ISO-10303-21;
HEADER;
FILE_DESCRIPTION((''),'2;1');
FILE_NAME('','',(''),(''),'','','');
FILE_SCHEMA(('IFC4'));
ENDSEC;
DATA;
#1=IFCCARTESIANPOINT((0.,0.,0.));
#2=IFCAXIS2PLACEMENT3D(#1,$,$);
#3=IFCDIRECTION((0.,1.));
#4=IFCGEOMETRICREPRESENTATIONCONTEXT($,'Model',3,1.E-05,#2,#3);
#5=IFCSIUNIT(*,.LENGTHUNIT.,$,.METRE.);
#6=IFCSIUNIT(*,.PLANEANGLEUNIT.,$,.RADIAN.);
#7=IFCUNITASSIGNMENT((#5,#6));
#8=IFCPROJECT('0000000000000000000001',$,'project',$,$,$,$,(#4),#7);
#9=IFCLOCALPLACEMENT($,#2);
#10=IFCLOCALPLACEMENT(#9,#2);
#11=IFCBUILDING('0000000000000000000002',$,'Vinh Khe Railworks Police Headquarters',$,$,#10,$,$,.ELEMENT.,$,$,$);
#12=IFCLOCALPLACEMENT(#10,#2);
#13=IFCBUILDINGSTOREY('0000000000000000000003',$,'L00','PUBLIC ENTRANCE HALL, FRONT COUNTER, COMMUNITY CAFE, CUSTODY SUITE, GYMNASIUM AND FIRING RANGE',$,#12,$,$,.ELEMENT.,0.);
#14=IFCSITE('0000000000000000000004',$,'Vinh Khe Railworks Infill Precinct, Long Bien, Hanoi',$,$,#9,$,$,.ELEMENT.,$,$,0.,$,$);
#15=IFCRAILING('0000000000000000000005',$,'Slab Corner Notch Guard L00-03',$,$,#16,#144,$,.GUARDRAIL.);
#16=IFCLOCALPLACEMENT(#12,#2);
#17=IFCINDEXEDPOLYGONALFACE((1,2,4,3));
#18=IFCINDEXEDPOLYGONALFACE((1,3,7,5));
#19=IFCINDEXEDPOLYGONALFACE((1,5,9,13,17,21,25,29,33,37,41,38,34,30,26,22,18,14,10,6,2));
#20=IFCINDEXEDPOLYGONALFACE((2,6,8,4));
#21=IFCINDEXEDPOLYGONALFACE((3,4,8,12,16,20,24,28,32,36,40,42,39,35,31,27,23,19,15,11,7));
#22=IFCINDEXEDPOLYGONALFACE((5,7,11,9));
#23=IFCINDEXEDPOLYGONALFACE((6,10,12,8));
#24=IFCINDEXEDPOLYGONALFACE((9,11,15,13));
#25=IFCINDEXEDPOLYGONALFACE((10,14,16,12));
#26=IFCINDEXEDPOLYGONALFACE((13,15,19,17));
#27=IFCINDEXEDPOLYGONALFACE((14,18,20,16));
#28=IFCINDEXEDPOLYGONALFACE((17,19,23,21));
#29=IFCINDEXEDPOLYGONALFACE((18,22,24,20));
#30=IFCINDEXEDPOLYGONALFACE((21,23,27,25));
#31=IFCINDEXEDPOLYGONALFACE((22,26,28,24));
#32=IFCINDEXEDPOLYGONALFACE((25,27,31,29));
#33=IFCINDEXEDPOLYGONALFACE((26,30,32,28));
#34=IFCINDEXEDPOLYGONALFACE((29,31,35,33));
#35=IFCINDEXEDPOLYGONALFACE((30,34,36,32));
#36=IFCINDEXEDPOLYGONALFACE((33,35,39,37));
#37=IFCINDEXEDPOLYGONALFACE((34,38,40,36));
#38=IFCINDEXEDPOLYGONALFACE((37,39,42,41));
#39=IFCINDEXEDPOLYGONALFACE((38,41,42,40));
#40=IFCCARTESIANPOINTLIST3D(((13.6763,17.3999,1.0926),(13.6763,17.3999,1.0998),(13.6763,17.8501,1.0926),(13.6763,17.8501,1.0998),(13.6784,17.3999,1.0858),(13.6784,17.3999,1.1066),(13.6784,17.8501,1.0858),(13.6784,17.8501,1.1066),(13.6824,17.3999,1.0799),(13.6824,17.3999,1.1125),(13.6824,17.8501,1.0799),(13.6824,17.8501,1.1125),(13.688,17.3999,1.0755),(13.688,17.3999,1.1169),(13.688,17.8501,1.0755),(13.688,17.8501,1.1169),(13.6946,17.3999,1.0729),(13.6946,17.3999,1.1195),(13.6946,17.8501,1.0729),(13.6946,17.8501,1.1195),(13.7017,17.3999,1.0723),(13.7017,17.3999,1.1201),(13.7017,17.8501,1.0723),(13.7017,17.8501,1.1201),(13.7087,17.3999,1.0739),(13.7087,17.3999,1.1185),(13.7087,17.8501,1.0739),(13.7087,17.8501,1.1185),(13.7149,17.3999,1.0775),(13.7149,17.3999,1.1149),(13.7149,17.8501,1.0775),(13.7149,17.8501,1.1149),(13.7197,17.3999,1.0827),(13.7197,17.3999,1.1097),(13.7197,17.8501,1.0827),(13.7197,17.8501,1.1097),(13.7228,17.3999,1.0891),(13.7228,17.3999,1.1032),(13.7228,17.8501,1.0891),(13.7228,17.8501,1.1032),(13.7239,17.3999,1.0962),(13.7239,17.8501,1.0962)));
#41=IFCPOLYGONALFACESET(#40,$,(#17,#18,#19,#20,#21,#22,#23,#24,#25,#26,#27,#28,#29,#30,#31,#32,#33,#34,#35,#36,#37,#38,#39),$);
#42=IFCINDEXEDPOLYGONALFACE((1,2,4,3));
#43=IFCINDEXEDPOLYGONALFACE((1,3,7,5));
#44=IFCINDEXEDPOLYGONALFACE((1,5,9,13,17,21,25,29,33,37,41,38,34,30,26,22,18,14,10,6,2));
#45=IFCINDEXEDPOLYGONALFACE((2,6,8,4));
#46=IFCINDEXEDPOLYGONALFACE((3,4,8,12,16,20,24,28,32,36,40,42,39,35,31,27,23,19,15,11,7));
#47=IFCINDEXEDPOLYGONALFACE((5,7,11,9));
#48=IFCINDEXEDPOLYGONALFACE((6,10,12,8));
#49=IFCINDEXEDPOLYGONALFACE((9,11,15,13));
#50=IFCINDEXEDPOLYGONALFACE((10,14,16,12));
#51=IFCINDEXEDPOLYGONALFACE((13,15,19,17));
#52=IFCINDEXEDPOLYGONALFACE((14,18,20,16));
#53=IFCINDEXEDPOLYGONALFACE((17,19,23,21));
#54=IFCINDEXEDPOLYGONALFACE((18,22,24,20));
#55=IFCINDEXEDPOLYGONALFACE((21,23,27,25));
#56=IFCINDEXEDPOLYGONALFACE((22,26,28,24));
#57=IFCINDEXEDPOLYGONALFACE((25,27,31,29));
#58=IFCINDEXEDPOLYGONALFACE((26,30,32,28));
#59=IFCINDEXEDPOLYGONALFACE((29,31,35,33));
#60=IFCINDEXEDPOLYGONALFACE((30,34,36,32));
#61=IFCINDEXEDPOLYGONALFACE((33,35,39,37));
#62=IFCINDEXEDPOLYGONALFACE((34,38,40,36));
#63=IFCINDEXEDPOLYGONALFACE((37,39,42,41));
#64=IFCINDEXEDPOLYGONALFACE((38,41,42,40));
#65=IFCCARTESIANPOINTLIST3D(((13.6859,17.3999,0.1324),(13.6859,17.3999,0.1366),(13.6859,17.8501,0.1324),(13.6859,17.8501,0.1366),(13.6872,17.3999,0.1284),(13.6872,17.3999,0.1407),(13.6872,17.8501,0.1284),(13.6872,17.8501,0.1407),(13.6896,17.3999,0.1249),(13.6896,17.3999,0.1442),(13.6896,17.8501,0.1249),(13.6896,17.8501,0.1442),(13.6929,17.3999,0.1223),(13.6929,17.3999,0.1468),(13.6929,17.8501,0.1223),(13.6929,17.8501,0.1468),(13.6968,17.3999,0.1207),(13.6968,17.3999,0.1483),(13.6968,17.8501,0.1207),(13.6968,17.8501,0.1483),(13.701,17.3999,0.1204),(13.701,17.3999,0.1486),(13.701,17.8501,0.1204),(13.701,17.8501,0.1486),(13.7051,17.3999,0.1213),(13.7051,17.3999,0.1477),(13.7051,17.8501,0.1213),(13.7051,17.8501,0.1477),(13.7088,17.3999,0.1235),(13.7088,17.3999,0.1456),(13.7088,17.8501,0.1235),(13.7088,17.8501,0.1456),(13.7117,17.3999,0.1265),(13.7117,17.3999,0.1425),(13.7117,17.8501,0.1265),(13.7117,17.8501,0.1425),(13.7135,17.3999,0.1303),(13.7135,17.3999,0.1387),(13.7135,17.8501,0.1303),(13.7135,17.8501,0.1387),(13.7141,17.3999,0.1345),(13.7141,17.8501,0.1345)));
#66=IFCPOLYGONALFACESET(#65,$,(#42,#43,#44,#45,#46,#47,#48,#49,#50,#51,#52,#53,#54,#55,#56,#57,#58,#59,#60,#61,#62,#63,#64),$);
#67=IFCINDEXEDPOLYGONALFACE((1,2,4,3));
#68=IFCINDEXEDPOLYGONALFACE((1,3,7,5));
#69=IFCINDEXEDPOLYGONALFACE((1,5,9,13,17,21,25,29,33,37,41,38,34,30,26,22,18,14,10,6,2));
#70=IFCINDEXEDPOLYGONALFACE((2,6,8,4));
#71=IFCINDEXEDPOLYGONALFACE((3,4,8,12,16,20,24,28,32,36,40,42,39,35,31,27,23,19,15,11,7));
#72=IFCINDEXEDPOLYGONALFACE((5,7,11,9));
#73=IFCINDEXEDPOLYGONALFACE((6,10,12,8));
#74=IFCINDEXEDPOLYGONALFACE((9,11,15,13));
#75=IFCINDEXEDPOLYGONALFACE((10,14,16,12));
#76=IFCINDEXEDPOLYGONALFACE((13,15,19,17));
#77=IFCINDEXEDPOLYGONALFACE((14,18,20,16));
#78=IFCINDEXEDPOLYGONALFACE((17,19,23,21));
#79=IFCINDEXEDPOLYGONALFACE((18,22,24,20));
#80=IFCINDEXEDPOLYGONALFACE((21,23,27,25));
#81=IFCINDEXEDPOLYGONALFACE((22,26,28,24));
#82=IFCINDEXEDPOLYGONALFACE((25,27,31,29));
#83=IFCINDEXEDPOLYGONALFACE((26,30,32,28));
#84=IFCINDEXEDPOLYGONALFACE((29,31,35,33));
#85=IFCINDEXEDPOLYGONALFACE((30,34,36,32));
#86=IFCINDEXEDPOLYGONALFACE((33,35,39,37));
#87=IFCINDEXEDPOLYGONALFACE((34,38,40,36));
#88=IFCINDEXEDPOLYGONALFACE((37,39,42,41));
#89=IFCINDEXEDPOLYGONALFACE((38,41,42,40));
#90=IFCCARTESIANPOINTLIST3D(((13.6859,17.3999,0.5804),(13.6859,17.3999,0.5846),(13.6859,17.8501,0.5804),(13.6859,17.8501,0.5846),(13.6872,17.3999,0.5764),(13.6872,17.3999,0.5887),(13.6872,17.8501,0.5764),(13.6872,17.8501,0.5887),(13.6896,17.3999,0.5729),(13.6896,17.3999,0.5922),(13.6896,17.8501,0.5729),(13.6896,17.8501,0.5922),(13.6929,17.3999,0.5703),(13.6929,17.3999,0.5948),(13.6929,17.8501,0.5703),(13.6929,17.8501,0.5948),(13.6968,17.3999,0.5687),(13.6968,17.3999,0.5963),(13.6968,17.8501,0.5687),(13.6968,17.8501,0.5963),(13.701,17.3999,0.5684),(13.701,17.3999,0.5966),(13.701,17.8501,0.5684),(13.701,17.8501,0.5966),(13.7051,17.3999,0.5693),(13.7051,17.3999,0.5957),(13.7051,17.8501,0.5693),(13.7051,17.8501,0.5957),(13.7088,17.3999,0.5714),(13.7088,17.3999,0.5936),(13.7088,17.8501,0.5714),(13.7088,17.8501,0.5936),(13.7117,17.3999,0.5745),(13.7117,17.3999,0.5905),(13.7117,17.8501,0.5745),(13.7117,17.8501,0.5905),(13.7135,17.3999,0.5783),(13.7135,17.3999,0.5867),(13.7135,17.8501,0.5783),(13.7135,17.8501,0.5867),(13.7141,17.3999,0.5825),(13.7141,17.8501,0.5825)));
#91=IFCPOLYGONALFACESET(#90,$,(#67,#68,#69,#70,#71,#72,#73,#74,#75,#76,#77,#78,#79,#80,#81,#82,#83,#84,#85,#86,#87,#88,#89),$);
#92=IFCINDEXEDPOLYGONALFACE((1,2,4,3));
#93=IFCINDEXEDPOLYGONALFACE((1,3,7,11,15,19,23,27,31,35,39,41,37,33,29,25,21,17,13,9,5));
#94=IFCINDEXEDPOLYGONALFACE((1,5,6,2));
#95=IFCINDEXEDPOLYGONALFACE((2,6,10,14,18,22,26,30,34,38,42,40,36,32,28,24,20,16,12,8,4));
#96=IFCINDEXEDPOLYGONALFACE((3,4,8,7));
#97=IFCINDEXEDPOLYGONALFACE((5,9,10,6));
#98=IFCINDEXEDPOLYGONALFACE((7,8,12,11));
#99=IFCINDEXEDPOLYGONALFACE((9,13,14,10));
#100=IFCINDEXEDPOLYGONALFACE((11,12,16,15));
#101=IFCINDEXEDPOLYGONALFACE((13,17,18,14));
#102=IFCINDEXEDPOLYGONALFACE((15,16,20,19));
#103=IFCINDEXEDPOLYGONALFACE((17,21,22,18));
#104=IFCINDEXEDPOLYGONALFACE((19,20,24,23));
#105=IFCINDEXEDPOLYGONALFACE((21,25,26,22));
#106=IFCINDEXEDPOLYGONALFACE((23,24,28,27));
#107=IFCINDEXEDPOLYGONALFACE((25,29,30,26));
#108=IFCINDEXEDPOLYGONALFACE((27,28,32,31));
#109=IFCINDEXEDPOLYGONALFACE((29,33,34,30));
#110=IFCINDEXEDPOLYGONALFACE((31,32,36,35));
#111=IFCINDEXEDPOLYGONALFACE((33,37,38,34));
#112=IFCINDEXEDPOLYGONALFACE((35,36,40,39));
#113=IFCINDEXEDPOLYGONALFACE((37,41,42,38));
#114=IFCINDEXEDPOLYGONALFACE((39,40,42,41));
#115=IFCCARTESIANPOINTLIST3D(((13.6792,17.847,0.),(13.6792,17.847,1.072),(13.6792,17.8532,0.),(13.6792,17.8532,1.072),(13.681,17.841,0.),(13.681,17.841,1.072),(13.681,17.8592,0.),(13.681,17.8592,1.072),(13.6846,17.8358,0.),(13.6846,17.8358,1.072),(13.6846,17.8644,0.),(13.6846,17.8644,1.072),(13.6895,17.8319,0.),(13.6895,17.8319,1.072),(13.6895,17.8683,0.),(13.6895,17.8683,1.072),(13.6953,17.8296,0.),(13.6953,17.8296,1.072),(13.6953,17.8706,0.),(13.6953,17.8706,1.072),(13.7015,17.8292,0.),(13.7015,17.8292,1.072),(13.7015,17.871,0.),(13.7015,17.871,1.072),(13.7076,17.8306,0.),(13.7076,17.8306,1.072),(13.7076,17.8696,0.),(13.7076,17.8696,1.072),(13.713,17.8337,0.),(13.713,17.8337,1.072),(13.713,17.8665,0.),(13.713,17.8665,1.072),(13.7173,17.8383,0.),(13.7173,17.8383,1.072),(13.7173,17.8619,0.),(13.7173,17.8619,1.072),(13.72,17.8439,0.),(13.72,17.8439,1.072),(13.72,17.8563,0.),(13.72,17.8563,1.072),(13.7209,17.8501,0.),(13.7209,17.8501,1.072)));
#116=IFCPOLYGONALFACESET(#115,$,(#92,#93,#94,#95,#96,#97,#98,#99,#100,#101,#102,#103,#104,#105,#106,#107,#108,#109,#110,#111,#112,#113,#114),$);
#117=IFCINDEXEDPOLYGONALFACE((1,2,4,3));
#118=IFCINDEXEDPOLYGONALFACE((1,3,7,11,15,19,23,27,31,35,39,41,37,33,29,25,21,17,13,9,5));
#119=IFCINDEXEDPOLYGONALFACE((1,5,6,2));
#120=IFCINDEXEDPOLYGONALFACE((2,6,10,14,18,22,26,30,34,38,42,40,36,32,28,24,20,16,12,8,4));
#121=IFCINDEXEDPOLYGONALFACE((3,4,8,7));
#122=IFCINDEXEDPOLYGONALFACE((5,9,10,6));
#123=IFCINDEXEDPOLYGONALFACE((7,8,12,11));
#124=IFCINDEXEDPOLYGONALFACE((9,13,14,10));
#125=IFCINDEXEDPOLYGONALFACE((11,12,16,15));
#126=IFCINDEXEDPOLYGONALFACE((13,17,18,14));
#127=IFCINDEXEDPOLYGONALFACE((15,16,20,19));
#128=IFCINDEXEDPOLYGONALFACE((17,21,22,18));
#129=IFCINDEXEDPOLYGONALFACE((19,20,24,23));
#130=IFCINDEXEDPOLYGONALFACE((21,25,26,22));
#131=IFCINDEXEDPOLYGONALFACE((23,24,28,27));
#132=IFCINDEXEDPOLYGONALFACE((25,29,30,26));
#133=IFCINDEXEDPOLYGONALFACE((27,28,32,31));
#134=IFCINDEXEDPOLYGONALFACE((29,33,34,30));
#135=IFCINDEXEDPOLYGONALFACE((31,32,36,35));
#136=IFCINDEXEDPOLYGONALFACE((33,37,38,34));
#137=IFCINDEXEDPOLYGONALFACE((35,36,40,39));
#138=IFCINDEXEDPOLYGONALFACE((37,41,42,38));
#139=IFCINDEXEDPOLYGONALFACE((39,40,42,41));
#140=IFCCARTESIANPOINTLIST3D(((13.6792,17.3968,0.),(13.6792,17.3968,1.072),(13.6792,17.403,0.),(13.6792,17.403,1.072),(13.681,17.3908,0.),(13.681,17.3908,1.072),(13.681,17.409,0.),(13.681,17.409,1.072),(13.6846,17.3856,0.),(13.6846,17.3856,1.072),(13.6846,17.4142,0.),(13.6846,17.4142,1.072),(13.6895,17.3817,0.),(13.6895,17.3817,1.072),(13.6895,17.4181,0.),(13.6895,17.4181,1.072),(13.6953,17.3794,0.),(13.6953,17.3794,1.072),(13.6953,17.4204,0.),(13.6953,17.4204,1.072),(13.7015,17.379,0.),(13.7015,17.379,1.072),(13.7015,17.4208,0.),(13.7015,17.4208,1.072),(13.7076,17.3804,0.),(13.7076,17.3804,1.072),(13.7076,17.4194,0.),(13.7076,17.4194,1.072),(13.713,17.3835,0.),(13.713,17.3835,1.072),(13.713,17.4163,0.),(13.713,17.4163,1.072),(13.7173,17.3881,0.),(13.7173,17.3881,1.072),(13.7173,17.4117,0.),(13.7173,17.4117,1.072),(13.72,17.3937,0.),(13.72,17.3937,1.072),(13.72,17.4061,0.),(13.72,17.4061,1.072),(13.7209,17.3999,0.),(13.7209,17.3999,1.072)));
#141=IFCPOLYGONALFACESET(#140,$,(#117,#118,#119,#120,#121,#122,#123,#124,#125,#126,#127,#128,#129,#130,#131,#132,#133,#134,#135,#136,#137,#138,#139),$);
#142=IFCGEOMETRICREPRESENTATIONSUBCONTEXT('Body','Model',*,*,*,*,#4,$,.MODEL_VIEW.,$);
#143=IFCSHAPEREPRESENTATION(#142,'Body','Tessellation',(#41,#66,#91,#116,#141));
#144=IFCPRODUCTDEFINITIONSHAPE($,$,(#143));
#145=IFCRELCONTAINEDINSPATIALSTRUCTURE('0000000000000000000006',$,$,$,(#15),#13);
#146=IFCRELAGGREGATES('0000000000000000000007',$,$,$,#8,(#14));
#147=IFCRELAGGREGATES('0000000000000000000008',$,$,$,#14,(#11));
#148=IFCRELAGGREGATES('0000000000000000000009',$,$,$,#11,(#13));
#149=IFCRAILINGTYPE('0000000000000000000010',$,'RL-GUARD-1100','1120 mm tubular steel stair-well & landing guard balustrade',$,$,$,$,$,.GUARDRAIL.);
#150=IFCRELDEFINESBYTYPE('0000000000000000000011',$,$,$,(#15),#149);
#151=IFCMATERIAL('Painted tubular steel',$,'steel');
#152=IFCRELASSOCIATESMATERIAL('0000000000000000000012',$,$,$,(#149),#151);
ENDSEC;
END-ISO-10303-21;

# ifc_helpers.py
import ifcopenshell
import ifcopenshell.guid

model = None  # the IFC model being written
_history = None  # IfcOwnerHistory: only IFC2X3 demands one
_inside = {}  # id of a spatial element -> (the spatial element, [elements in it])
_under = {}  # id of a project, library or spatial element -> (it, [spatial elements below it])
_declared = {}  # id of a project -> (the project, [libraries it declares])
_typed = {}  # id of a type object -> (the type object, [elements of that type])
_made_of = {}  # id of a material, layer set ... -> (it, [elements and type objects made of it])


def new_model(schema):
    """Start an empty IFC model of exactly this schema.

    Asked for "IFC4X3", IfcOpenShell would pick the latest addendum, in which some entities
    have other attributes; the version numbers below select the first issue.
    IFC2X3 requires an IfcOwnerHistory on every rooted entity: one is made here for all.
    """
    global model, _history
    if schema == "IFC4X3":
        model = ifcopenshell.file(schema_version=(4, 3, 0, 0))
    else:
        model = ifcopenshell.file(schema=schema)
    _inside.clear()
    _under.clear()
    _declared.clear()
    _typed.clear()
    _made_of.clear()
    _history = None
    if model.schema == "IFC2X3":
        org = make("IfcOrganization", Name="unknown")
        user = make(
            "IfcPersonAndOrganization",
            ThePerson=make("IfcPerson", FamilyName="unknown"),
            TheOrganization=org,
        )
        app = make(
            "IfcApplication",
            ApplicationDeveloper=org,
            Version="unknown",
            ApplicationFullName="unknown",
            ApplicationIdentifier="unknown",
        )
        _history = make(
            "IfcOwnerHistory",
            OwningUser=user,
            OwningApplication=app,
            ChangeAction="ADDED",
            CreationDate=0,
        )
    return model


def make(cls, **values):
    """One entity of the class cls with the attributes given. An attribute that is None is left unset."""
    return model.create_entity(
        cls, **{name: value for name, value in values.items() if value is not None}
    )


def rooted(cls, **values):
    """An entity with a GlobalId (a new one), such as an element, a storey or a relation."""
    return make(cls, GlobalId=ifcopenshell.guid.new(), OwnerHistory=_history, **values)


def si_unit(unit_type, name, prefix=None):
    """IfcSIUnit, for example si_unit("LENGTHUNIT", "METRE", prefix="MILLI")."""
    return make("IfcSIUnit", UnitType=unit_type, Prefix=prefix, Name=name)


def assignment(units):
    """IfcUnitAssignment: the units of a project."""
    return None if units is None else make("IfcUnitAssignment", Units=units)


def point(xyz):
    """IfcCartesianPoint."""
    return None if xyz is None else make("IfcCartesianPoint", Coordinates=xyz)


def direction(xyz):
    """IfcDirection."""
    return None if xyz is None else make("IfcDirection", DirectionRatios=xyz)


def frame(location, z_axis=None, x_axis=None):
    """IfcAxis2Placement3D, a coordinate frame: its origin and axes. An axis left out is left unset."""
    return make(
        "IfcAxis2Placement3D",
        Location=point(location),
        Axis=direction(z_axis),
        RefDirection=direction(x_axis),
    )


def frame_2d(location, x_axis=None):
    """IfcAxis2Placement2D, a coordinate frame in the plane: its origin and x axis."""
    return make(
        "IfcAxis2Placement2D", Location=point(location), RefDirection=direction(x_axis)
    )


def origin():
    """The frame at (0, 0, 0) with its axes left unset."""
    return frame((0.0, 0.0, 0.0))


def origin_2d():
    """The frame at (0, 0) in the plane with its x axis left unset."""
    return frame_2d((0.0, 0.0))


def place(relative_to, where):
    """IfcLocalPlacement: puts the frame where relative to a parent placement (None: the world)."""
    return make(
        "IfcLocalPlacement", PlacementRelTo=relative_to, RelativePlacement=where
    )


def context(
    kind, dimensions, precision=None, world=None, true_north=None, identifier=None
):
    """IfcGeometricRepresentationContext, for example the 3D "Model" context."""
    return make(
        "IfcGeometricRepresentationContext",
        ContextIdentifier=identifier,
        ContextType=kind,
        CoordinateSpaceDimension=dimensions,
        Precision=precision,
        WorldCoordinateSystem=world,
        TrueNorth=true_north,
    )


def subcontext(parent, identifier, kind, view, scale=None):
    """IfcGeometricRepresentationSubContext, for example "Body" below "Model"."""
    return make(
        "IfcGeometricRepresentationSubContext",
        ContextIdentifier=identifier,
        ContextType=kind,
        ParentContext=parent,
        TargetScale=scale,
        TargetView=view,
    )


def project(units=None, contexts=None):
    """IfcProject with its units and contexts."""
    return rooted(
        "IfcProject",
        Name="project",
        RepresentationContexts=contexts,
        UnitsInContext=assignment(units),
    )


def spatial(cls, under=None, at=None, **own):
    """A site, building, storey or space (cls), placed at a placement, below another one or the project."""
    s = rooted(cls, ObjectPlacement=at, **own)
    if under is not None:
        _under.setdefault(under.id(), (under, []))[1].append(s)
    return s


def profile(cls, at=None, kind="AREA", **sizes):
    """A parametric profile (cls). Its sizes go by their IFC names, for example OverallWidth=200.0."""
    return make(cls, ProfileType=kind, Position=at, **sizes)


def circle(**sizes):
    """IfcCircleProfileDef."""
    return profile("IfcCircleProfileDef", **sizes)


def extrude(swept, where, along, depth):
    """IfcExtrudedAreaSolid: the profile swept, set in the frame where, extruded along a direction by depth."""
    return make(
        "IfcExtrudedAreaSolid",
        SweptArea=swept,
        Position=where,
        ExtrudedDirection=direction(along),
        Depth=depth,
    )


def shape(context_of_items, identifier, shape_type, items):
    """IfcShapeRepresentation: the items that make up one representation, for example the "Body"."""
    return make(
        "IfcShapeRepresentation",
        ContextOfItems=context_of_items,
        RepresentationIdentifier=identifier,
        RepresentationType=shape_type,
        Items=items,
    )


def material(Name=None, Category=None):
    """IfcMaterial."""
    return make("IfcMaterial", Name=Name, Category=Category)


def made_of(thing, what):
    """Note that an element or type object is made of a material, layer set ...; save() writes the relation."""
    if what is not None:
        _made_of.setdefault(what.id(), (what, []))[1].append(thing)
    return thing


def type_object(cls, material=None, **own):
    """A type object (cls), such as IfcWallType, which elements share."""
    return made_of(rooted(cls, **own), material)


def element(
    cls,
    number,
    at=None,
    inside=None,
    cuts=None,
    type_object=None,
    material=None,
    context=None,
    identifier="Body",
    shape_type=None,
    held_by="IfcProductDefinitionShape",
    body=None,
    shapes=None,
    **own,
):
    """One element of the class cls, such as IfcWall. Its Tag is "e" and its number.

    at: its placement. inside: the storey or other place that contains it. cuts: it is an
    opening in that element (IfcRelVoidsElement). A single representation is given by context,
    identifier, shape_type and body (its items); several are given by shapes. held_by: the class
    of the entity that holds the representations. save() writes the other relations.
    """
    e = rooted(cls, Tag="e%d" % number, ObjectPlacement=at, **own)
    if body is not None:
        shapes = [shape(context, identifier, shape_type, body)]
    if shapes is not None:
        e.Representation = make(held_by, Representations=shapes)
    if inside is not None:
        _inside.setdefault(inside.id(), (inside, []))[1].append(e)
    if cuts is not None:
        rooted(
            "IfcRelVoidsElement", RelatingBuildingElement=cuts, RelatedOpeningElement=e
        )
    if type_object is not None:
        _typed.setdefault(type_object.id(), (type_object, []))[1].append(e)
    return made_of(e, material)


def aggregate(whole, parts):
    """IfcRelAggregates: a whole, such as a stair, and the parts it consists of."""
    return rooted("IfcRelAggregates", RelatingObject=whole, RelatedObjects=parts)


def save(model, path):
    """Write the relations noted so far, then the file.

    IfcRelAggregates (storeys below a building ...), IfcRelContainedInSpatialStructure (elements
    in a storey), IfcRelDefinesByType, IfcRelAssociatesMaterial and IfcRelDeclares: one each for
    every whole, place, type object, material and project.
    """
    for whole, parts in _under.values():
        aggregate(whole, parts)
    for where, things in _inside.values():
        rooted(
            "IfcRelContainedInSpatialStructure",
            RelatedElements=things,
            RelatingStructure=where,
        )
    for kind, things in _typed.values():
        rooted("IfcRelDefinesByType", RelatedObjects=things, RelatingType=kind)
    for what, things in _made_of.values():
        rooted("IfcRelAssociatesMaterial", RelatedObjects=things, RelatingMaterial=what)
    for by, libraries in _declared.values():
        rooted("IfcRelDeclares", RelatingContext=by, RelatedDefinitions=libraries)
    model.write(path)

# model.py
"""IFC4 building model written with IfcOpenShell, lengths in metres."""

from ifc_helpers import new_model, si_unit, direction, frame, origin, origin_2d, place, context, subcontext, project, spatial, circle, extrude, material, type_object, element, save


model = new_model("IFC4")

# Units and contexts
model_context = context("Model", 3, precision=1e-05, world=origin(), true_north=direction((0.0, 1.0)))
body_context = subcontext(model_context, "Body", "Model", "MODEL_VIEW")
ifc_project = project(units=[si_unit("LENGTHUNIT", "METRE"), si_unit("PLANEANGLEUNIT", "RADIAN")], contexts=[model_context])

# Site, building, storey
site_placement = place(None, origin())
site = spatial("IfcSite", under=ifc_project, at=site_placement, Name="Vinh Khe Railworks Infill Precinct, Long Bien, Hanoi", CompositionType="ELEMENT", RefElevation=0.0)
building_placement = place(site_placement, origin())
building = spatial("IfcBuilding", under=site, at=building_placement, Name="Vinh Khe Railworks Police Headquarters", CompositionType="ELEMENT")
storey_placement = place(building_placement, origin())
storey = spatial("IfcBuildingStorey", under=building, at=storey_placement, Name="L00", Description="PUBLIC ENTRANCE HALL, FRONT COUNTER, COMMUNITY CAFE, CUSTODY SUITE, GYMNASIUM AND FIRING RANGE", CompositionType="ELEMENT", Elevation=0.0)

# Railing
ifc_material_1 = material(Name="Painted tubular steel", Category="steel")
railing_type_1 = type_object("IfcRailingType", Name="RL-GUARD-1100", Description="1120 mm tubular steel stair-well & landing guard balustrade", PredefinedType="GUARDRAIL", material=ifc_material_1)
railing_1_placement = place(storey_placement, frame((13.7, 17.8501, 0.0)))
element("IfcRailing", 1, at=railing_1_placement, inside=storey, type_object=railing_type_1, Name="Slab Corner Notch Guard L00-03", PredefinedType="GUARDRAIL", context=body_context, shape_type="SweptSolid", body=[
    extrude(circle(Radius=0.0239, at=origin_2d()), frame((0.0, 0.0, 1.0962), z_axis=(0.0, -1.0, 0.0), x_axis=(1.0, 0.0, 0.0)), (0.0, 0.0, 1.0), 0.4502),
    extrude(circle(Radius=0.0142, at=origin_2d()), frame((0.0, 0.0, 0.1345), z_axis=(0.0, -1.0, 0.0), x_axis=(1.0, 0.0, 0.0)), (0.0, 0.0, 1.0), 0.4502),
    extrude(circle(Radius=0.0142, at=origin_2d()), frame((0.0, 0.0, 0.5825), z_axis=(0.0, -1.0, 0.0), x_axis=(1.0, 0.0, 0.0)), (0.0, 0.0, 1.0), 0.4502),
    extrude(circle(Radius=0.021, at=origin_2d()), origin(), (0.0, 0.0, 1.0), 1.072),
    extrude(circle(Radius=0.021, at=origin_2d()), frame((0.0, -0.4502, 0.0)), (0.0, 0.0, 1.0), 1.072),
])

save(model, "model.ifc")
